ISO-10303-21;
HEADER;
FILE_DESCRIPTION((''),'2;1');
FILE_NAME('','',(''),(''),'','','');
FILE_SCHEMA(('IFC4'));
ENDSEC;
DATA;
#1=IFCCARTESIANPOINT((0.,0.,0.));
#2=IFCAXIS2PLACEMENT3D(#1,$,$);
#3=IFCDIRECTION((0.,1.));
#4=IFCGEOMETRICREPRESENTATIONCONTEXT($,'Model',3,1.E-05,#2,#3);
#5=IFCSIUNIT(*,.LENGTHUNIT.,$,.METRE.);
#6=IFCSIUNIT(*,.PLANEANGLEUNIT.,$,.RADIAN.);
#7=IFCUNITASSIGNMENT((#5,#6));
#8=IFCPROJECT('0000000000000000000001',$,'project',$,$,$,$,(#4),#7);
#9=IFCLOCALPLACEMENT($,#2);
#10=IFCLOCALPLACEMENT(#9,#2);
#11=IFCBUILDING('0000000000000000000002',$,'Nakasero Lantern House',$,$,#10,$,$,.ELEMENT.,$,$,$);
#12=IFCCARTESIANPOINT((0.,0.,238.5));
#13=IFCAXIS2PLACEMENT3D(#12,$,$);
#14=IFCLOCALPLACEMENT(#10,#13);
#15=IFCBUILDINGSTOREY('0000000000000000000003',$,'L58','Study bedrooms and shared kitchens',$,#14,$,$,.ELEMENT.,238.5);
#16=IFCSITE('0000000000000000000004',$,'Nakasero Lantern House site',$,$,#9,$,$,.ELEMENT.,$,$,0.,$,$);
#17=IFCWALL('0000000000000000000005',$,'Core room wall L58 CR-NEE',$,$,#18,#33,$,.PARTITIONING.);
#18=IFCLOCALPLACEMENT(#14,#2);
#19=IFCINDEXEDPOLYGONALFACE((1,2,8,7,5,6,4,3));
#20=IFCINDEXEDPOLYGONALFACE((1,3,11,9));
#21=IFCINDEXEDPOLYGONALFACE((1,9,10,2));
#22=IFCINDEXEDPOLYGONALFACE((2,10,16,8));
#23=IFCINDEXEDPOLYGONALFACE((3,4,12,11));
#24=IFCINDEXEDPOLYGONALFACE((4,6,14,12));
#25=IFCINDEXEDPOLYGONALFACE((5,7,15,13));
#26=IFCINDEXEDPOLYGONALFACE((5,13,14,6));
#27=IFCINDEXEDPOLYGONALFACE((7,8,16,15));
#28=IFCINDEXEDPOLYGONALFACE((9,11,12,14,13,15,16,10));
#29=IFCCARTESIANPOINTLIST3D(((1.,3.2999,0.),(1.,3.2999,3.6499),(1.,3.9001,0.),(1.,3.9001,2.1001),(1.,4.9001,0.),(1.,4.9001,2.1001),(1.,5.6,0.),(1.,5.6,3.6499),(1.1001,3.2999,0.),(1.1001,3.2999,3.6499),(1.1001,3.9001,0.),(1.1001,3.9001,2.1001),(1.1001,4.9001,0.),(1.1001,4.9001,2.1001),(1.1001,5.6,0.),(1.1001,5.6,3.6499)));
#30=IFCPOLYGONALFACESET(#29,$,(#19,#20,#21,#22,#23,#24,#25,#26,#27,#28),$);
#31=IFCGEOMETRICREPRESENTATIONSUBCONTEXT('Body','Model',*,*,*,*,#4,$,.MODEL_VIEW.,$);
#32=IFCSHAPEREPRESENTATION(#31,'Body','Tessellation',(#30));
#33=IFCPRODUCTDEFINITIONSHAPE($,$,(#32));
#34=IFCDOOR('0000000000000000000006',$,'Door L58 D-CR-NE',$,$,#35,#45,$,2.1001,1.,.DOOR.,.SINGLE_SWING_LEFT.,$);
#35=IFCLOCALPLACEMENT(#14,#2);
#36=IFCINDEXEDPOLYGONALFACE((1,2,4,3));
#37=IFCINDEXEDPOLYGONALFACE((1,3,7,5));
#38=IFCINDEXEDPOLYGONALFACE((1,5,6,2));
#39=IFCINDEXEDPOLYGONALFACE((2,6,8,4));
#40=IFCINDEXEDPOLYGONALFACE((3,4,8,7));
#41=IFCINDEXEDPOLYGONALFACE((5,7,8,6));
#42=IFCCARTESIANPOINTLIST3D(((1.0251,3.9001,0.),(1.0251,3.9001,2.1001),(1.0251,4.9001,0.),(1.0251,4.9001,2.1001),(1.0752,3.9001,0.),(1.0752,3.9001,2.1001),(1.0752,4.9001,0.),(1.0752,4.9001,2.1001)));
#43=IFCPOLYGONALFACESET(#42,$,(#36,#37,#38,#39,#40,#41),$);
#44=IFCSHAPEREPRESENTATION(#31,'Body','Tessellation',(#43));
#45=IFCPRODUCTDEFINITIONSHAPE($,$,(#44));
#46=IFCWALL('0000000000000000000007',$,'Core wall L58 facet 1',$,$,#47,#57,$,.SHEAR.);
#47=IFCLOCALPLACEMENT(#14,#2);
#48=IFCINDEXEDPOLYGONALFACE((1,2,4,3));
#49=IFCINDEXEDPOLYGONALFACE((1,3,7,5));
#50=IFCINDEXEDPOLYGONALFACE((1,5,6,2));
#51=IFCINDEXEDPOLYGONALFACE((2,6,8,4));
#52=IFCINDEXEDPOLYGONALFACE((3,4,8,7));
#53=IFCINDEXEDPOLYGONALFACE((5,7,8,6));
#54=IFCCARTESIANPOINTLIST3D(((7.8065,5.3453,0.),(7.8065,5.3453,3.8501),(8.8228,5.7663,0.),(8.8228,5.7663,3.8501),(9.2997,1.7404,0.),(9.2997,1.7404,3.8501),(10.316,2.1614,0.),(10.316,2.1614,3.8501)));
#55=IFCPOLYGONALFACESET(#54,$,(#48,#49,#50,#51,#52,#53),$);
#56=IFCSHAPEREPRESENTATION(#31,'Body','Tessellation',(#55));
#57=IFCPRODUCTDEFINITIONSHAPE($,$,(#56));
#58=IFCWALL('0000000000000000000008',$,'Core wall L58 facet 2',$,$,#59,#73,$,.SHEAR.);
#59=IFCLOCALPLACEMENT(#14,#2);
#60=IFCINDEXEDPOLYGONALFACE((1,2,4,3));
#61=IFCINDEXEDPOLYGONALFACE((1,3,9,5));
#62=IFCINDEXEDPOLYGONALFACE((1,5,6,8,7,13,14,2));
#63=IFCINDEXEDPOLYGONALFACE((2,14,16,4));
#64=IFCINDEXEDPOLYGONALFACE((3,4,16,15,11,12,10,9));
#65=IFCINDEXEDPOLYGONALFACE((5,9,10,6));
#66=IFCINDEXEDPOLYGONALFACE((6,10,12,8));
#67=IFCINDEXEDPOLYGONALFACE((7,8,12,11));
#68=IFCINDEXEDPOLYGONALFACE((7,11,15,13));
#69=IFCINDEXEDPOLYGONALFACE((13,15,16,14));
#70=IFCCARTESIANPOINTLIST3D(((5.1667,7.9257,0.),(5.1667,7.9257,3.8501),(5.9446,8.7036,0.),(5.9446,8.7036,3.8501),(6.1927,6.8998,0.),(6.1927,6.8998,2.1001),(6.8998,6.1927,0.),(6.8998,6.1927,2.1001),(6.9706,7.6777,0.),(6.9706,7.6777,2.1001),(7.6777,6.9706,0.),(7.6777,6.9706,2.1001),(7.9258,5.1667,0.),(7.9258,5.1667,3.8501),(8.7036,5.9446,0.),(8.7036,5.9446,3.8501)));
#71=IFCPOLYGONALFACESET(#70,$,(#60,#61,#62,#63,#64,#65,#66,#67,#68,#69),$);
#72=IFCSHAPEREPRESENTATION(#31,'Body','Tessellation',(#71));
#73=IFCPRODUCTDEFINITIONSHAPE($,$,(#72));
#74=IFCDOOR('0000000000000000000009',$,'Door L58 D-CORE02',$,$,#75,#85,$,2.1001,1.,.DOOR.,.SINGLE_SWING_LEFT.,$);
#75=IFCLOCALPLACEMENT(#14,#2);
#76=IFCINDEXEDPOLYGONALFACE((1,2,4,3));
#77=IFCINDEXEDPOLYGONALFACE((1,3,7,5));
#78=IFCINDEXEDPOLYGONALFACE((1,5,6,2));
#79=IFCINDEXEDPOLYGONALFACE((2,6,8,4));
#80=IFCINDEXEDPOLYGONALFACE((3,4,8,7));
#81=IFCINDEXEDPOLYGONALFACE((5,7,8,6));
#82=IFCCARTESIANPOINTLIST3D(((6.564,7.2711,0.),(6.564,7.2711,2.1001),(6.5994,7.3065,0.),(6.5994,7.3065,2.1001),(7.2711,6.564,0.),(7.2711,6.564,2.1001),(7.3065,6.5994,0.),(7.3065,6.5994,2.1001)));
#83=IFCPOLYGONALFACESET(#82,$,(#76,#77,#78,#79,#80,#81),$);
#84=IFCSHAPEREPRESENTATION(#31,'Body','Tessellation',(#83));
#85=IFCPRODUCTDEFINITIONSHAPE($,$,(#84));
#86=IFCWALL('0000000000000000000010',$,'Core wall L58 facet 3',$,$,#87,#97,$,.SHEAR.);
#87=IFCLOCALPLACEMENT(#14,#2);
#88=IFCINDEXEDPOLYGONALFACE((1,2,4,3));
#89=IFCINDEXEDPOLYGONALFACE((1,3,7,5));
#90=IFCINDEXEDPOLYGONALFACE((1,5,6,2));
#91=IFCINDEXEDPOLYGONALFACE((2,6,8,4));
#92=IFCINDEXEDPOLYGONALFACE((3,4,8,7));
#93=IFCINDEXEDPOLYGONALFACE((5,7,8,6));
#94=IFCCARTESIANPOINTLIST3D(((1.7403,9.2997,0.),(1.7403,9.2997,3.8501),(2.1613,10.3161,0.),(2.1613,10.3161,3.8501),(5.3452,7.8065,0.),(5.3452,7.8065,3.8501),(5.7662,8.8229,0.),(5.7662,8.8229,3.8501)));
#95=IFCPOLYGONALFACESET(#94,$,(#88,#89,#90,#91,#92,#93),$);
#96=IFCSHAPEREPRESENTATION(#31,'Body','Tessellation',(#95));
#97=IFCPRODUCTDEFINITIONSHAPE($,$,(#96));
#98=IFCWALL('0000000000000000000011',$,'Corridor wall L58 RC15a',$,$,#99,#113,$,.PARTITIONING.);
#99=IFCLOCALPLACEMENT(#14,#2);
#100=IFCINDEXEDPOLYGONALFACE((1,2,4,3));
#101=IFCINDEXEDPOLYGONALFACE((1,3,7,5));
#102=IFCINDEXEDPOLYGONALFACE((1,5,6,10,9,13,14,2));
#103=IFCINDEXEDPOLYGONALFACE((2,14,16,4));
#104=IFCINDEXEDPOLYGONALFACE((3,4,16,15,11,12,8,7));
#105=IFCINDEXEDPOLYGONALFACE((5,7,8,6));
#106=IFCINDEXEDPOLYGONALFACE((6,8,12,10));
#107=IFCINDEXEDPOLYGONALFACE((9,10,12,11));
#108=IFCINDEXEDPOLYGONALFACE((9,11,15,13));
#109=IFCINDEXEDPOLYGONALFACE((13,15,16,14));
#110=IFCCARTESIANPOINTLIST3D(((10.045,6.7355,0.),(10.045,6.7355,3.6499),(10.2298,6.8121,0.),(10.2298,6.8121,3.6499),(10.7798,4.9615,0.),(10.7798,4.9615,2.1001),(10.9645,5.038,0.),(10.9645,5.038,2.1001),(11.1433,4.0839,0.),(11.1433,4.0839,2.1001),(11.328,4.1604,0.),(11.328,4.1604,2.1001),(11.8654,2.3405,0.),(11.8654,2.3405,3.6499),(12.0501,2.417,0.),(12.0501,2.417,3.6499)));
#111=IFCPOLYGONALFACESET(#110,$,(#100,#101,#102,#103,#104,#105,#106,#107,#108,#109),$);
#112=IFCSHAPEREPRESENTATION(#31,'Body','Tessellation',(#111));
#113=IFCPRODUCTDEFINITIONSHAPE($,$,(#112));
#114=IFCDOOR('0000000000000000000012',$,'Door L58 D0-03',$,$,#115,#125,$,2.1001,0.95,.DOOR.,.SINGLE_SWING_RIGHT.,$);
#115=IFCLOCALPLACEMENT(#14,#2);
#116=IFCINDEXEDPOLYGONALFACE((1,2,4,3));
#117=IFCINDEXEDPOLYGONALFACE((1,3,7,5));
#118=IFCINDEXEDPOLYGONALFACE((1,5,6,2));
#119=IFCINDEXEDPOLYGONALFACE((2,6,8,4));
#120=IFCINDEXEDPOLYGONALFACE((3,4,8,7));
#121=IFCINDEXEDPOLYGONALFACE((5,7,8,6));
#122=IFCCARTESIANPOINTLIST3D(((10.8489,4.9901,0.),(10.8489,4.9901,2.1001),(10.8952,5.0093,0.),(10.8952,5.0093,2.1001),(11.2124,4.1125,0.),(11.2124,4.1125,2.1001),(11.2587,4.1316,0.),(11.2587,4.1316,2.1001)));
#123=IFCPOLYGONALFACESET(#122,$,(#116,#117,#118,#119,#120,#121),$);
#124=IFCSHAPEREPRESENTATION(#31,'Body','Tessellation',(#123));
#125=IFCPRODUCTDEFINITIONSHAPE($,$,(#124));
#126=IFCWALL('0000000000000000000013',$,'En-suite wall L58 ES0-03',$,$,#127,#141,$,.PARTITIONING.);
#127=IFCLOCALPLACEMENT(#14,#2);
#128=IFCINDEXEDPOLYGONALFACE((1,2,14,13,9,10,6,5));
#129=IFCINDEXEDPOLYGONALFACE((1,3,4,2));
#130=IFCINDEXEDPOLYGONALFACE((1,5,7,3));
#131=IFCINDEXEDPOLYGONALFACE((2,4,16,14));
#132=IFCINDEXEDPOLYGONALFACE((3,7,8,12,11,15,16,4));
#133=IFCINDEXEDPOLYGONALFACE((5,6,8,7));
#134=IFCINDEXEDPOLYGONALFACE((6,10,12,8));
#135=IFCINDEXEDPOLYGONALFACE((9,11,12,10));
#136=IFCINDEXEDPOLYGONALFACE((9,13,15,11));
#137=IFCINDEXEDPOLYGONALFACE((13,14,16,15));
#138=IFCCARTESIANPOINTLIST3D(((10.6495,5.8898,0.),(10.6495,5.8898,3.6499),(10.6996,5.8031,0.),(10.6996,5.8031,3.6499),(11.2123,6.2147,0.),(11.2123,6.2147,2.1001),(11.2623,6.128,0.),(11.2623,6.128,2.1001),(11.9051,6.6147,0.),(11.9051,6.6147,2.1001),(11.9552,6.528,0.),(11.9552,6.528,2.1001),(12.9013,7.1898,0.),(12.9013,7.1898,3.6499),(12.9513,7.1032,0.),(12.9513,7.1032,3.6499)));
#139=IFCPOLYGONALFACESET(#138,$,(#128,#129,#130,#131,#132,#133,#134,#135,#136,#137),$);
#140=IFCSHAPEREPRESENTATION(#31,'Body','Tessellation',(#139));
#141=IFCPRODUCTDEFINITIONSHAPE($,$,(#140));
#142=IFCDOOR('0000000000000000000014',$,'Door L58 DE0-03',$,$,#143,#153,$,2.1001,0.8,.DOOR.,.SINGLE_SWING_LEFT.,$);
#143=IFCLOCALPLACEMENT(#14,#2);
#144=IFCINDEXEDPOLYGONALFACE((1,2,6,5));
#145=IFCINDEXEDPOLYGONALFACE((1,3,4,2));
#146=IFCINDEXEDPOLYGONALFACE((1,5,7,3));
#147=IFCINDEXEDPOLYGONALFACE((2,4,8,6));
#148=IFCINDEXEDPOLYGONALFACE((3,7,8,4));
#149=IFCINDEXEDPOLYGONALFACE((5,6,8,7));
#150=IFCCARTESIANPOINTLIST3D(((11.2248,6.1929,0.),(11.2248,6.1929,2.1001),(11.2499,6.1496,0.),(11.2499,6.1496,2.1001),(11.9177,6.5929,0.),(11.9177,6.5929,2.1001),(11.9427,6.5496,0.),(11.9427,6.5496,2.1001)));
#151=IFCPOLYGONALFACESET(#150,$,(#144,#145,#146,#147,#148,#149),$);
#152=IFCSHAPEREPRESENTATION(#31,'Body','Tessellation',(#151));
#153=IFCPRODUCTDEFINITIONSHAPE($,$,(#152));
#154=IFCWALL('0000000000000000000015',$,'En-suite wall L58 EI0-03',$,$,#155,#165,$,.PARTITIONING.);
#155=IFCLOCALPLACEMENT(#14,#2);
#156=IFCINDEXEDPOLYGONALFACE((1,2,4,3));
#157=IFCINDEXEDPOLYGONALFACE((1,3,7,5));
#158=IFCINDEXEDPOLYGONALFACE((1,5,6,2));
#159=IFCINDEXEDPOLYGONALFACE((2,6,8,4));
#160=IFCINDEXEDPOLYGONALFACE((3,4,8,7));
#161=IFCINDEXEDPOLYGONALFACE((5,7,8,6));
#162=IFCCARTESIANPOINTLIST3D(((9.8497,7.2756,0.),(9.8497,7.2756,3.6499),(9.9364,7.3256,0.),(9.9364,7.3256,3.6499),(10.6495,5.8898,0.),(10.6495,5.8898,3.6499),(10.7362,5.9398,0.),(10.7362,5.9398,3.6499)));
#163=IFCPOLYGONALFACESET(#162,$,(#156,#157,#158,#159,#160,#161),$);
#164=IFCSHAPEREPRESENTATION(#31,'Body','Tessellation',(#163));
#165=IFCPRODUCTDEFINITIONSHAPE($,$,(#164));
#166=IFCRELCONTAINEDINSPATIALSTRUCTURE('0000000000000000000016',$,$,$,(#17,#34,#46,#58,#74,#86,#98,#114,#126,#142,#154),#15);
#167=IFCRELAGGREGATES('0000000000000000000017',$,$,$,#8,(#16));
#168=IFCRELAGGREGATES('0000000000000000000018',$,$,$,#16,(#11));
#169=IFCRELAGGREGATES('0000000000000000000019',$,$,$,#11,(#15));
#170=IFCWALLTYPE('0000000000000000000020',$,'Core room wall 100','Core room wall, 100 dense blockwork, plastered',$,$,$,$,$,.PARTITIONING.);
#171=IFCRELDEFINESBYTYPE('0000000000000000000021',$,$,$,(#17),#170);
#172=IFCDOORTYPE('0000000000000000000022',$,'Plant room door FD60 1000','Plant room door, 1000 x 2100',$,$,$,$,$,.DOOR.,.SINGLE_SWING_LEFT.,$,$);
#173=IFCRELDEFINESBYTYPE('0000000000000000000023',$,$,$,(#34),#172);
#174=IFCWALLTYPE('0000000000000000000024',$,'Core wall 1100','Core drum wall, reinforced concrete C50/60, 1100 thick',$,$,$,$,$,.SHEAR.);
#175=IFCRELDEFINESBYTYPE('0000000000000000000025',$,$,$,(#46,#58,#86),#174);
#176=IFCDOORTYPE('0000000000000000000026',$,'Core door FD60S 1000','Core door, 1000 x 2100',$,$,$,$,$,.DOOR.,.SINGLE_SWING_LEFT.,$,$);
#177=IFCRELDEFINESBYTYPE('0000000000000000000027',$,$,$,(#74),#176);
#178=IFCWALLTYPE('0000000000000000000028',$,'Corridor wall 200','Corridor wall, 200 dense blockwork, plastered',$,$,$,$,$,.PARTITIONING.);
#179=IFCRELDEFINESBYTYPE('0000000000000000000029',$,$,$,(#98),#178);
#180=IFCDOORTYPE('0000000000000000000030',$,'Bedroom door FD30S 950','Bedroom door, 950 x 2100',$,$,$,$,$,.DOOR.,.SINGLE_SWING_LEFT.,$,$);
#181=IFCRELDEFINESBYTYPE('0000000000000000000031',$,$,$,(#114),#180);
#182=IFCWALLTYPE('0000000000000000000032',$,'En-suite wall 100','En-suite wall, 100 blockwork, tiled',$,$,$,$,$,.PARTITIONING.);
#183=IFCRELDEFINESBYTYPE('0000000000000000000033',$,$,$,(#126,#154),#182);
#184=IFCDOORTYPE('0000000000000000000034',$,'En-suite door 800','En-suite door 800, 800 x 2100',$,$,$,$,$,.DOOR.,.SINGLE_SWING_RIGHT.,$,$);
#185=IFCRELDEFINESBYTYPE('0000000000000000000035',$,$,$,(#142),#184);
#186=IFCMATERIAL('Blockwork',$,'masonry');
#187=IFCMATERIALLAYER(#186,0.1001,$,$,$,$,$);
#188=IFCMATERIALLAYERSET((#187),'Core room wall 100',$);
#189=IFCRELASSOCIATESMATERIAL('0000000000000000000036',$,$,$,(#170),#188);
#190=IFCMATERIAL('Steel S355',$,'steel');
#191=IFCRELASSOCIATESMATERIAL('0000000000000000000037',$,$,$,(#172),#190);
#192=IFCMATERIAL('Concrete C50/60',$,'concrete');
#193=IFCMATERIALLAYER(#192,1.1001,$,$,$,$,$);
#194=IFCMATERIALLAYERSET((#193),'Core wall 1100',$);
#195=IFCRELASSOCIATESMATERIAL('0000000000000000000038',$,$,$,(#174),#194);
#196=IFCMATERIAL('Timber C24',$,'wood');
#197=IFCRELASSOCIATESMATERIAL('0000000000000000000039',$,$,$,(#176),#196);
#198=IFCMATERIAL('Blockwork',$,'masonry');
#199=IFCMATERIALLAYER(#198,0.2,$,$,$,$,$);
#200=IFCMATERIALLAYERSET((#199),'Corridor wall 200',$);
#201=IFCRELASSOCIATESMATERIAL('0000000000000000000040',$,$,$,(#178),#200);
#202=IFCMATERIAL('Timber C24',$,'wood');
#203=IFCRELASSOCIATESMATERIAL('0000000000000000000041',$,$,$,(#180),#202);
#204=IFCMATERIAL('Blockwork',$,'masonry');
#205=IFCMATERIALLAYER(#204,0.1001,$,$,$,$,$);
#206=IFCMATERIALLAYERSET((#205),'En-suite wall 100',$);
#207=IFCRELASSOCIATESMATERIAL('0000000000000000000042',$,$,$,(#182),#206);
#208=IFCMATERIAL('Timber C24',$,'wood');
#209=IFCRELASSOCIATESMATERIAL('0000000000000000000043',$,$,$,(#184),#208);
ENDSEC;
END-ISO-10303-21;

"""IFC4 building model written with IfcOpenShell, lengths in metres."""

from ifc_helpers import new_model, si_unit, direction, frame, frame_2d, origin, place, context, subcontext, project, spatial, rectangle, extrude, material, layer, layer_set, type_object, element, fill, save


model = new_model("IFC4")

# Units and contexts
model_context = context("Model", 3, precision=1e-05, world=origin(), true_north=direction((0.0, 1.0)))
body_context = subcontext(model_context, "Body", "Model", "MODEL_VIEW")
ifc_project = project(units=[si_unit("LENGTHUNIT", "METRE"), si_unit("PLANEANGLEUNIT", "RADIAN")], contexts=[model_context])

# Site, building, storey
site_placement = place(None, origin())
site = spatial("IfcSite", under=ifc_project, at=site_placement, Name="Nakasero Lantern House site", CompositionType="ELEMENT", RefElevation=0.0)
building_placement = place(site_placement, origin())
building = spatial("IfcBuilding", under=site, at=building_placement, Name="Nakasero Lantern House", CompositionType="ELEMENT")
storey_placement = place(building_placement, frame((0.0, 0.0, 238.5)))
storey = spatial("IfcBuildingStorey", under=building, at=storey_placement, Name="L58", Description="Study bedrooms and shared kitchens", CompositionType="ELEMENT", Elevation=238.5)

# Wall, opening, door
ifc_material_1 = material(Name="Blockwork", Category="masonry")
ifc_layer_1 = layer(ifc_material_1, 0.1001)
ifc_layer_set_1 = layer_set([ifc_layer_1], Name="Core room wall 100")
wall_type_1 = type_object("IfcWallType", Name="Core room wall 100", Description="Core room wall, 100 dense blockwork, plastered", PredefinedType="PARTITIONING", material=ifc_layer_set_1)
wall_1_placement = place(storey_placement, frame((1.05, 3.3, 0.0), z_axis=(0.0, 0.0, 1.0), x_axis=(0.0, 1.0, 0.0)))
wall_1 = element("IfcWall", 1, at=wall_1_placement, inside=storey, type_object=wall_type_1, Name="Core room wall L58 CR-NEE", PredefinedType="PARTITIONING", context=body_context, shape_type="SweptSolid", body=[
    extrude(rectangle(XDim=2.3, YDim=0.1001, at=frame_2d((1.1499, 0.0))), origin(), (0.0, 0.0, 1.0), 3.6499),
])
opening_1_placement = place(wall_1_placement, frame((0.6001, 0.0, 0.0)))
opening_1 = element("IfcOpeningElement", 2, at=opening_1_placement, cuts=wall_1, PredefinedType="OPENING", context=body_context, shape_type="SweptSolid", body=[
    extrude(rectangle(XDim=1.0, YDim=2.1001, at=frame_2d((0.5, 1.05))), frame((0.0, 0.0701, 0.0), z_axis=(0.0, -1.0, 0.0), x_axis=(1.0, 0.0, 0.0)), (0.0, 0.0, 1.0), 0.1401),
])
ifc_material_2 = material(Name="Steel S355", Category="steel")
door_type_1 = type_object("IfcDoorType", Name="Plant room door FD60 1000", Description="Plant room door, 1000 x 2100", OperationType="SINGLE_SWING_LEFT", PredefinedType="DOOR", material=ifc_material_2)
door_1_placement = place(opening_1_placement, origin())
door_1 = element("IfcDoor", 3, at=door_1_placement, inside=storey, type_object=door_type_1, Name="Door L58 D-CR-NE", OperationType="SINGLE_SWING_LEFT", OverallHeight=2.1001, OverallWidth=1.0, PredefinedType="DOOR", context=body_context, shape_type="SweptSolid", body=[
    extrude(rectangle(XDim=1.0, YDim=2.1001, at=frame_2d((0.5, 1.05))), frame((0.0, 0.0249, 0.0), z_axis=(0.0, -1.0, 0.0), x_axis=(1.0, 0.0, 0.0)), (0.0, 0.0, 1.0), 0.05),
])
fill(opening_1, door_1)

# Wall
ifc_material_3 = material(Name="Concrete C50/60", Category="concrete")
ifc_layer_2 = layer(ifc_material_3, 1.1001)
ifc_layer_set_2 = layer_set([ifc_layer_2], Name="Core wall 1100")
wall_type_2 = type_object("IfcWallType", Name="Core wall 1100", Description="Core drum wall, reinforced concrete C50/60, 1100 thick", PredefinedType="SHEAR", material=ifc_layer_set_2)
wall_2_placement = place(storey_placement, frame((9.8079, 1.9509, 0.0), z_axis=(0.0, 0.0, 1.0), x_axis=(-0.382691, 0.923877, 0.0)))
element("IfcWall", 4, at=wall_2_placement, inside=storey, type_object=wall_type_2, Name="Core wall L58 facet 1", PredefinedType="SHEAR", context=body_context, shape_type="SweptSolid", body=[
    extrude(rectangle(XDim=3.9019, YDim=1.1001, at=frame_2d((1.9509, 0.0))), origin(), (0.0, 0.0, 1.0), 3.8501),
])

# Wall, opening, door
wall_3_placement = place(storey_placement, frame((8.3147, 5.5557, 0.0), z_axis=(0.0, 0.0, 1.0), x_axis=(-0.707107, 0.707107, 0.0)))
wall_3 = element("IfcWall", 5, at=wall_3_placement, inside=storey, type_object=wall_type_2, Name="Core wall L58 facet 2", PredefinedType="SHEAR", context=body_context, shape_type="SweptSolid", body=[
    extrude(rectangle(XDim=3.9019, YDim=1.1001, at=frame_2d((1.9509, 0.0))), origin(), (0.0, 0.0, 1.0), 3.8501),
])
opening_2_placement = place(wall_3_placement, frame((1.4509, 0.0, 0.0)))
opening_2 = element("IfcOpeningElement", 6, at=opening_2_placement, cuts=wall_3, PredefinedType="OPENING", context=body_context, shape_type="SweptSolid", body=[
    extrude(rectangle(XDim=1.0, YDim=2.1001, at=frame_2d((0.5, 1.05))), frame((0.0, 0.5701, 0.0), z_axis=(0.0, -1.0, 0.0), x_axis=(1.0, 0.0, 0.0)), (0.0, 0.0, 1.0), 1.1401),
])
ifc_material_4 = material(Name="Timber C24", Category="wood")
door_type_2 = type_object("IfcDoorType", Name="Core door FD60S 1000", Description="Core door, 1000 x 2100", OperationType="SINGLE_SWING_LEFT", PredefinedType="DOOR", material=ifc_material_4)
door_2_placement = place(opening_2_placement, origin())
door_2 = element("IfcDoor", 7, at=door_2_placement, inside=storey, type_object=door_type_2, Name="Door L58 D-CORE02", OperationType="SINGLE_SWING_LEFT", OverallHeight=2.1001, OverallWidth=1.0, PredefinedType="DOOR", context=body_context, shape_type="SweptSolid", body=[
    extrude(rectangle(XDim=1.0, YDim=2.1001, at=frame_2d((0.5, 1.05))), frame((0.0, 0.0249, 0.0), z_axis=(0.0, -1.0, 0.0), x_axis=(1.0, 0.0, 0.0)), (0.0, 0.0, 1.0), 0.05),
])
fill(opening_2, door_2)

# Wall
wall_4_placement = place(storey_placement, frame((5.5557, 8.3147, 0.0), z_axis=(0.0, 0.0, 1.0), x_axis=(-0.923877, 0.382691, 0.0)))
element("IfcWall", 8, at=wall_4_placement, inside=storey, type_object=wall_type_2, Name="Core wall L58 facet 3", PredefinedType="SHEAR", context=body_context, shape_type="SweptSolid", body=[
    extrude(rectangle(XDim=3.9019, YDim=1.1001, at=frame_2d((1.9509, 0.0))), origin(), (0.0, 0.0, 1.0), 3.8501),
])

# Walls, openings, doors
ifc_material_5 = material(Name="Blockwork", Category="masonry")
ifc_layer_3 = layer(ifc_material_5, 0.2)
ifc_layer_set_3 = layer_set([ifc_layer_3], Name="Corridor wall 200")
wall_type_3 = type_object("IfcWallType", Name="Corridor wall 200", Description="Corridor wall, 200 dense blockwork, plastered", PredefinedType="PARTITIONING", material=ifc_layer_set_3)
wall_5_placement = place(storey_placement, frame((10.1375, 6.7737, 0.0), z_axis=(0.0, 0.0, 1.0), x_axis=(0.382654, -0.923892, 0.0)))
wall_5 = element("IfcWall", 9, at=wall_5_placement, inside=storey, type_object=wall_type_3, Name="Corridor wall L58 RC15a", PredefinedType="PARTITIONING", context=body_context, shape_type="SweptSolid", body=[
    extrude(rectangle(XDim=4.7571, YDim=0.2, at=frame_2d((2.3784, 0.0))), origin(), (0.0, 0.0, 1.0), 3.6499),
])
opening_3_placement = place(wall_5_placement, frame((1.9199, 0.0, 0.0)))
opening_3 = element("IfcOpeningElement", 10, at=opening_3_placement, cuts=wall_5, PredefinedType="OPENING", context=body_context, shape_type="SweptSolid", body=[
    extrude(rectangle(XDim=0.95, YDim=2.1001, at=frame_2d((0.4751, 1.05))), frame((0.0, 0.1199, 0.0), z_axis=(0.0, -1.0, 0.0), x_axis=(1.0, 0.0, 0.0)), (0.0, 0.0, 1.0), 0.24),
])
ifc_material_6 = material(Name="Timber C24", Category="wood")
door_type_3 = type_object("IfcDoorType", Name="Bedroom door FD30S 950", Description="Bedroom door, 950 x 2100", OperationType="SINGLE_SWING_LEFT", PredefinedType="DOOR", material=ifc_material_6)
door_3_placement = place(opening_3_placement, origin())
door_3 = element("IfcDoor", 11, at=door_3_placement, inside=storey, type_object=door_type_3, Name="Door L58 D0-03", OperationType="SINGLE_SWING_RIGHT", OverallHeight=2.1001, OverallWidth=0.95, PredefinedType="DOOR", context=body_context, shape_type="SweptSolid", body=[
    extrude(rectangle(XDim=0.95, YDim=2.1001, at=frame_2d((0.4751, 1.05))), frame((0.0, 0.0249, 0.0), z_axis=(0.0, -1.0, 0.0), x_axis=(1.0, 0.0, 0.0)), (0.0, 0.0, 1.0), 0.05),
])
fill(opening_3, door_3)
ifc_material_7 = material(Name="Blockwork", Category="masonry")
ifc_layer_4 = layer(ifc_material_7, 0.1001)
ifc_layer_set_4 = layer_set([ifc_layer_4], Name="En-suite wall 100")
wall_type_4 = type_object("IfcWallType", Name="En-suite wall 100", Description="En-suite wall, 100 blockwork, tiled", PredefinedType="PARTITIONING", material=ifc_layer_set_4)
wall_6_placement = place(storey_placement, frame((10.6746, 5.8464, 0.0), z_axis=(0.0, 0.0, 1.0), x_axis=(0.866021, 0.500007, 0.0)))
wall_6 = element("IfcWall", 12, at=wall_6_placement, inside=storey, type_object=wall_type_4, Name="En-suite wall L58 ES0-03", PredefinedType="PARTITIONING", context=body_context, shape_type="SweptSolid", body=[
    extrude(rectangle(XDim=2.6001, YDim=0.1001, at=frame_2d((1.3, 0.0))), origin(), (0.0, 0.0, 1.0), 3.6499),
])
opening_4_placement = place(wall_6_placement, frame((0.6499, 0.0, 0.0)))
opening_4 = element("IfcOpeningElement", 13, at=opening_4_placement, cuts=wall_6, PredefinedType="OPENING", context=body_context, shape_type="SweptSolid", body=[
    extrude(rectangle(XDim=0.8, YDim=2.1001, at=frame_2d((0.3999, 1.05))), frame((0.0, 0.0701, 0.0), z_axis=(0.0, -1.0, 0.0), x_axis=(1.0, 0.0, 0.0)), (0.0, 0.0, 1.0), 0.1401),
])
ifc_material_8 = material(Name="Timber C24", Category="wood")
door_type_4 = type_object("IfcDoorType", Name="En-suite door 800", Description="En-suite door 800, 800 x 2100", OperationType="SINGLE_SWING_RIGHT", PredefinedType="DOOR", material=ifc_material_8)
door_4_placement = place(opening_4_placement, origin())
door_4 = element("IfcDoor", 14, at=door_4_placement, inside=storey, type_object=door_type_4, Name="Door L58 DE0-03", OperationType="SINGLE_SWING_LEFT", OverallHeight=2.1001, OverallWidth=0.8, PredefinedType="DOOR", context=body_context, shape_type="SweptSolid", body=[
    extrude(rectangle(XDim=0.8, YDim=2.1001, at=frame_2d((0.3999, 1.05))), frame((0.0, 0.0249, 0.0), z_axis=(0.0, -1.0, 0.0), x_axis=(1.0, 0.0, 0.0)), (0.0, 0.0, 1.0), 0.05),
])
fill(opening_4, door_4)

# Wall
wall_7_placement = place(storey_placement, frame((10.6929, 5.9148, 0.0), z_axis=(0.0, 0.0, 1.0), x_axis=(-0.499881, 0.866094, 0.0)))
element("IfcWall", 15, at=wall_7_placement, inside=storey, type_object=wall_type_4, Name="En-suite wall L58 EI0-03", PredefinedType="PARTITIONING", context=body_context, shape_type="SweptSolid", body=[
    extrude(rectangle(XDim=1.6001, YDim=0.1001, at=frame_2d((0.8, 0.0))), origin(), (0.0, 0.0, 1.0), 3.6499),
])

save(model, "model.ifc")
